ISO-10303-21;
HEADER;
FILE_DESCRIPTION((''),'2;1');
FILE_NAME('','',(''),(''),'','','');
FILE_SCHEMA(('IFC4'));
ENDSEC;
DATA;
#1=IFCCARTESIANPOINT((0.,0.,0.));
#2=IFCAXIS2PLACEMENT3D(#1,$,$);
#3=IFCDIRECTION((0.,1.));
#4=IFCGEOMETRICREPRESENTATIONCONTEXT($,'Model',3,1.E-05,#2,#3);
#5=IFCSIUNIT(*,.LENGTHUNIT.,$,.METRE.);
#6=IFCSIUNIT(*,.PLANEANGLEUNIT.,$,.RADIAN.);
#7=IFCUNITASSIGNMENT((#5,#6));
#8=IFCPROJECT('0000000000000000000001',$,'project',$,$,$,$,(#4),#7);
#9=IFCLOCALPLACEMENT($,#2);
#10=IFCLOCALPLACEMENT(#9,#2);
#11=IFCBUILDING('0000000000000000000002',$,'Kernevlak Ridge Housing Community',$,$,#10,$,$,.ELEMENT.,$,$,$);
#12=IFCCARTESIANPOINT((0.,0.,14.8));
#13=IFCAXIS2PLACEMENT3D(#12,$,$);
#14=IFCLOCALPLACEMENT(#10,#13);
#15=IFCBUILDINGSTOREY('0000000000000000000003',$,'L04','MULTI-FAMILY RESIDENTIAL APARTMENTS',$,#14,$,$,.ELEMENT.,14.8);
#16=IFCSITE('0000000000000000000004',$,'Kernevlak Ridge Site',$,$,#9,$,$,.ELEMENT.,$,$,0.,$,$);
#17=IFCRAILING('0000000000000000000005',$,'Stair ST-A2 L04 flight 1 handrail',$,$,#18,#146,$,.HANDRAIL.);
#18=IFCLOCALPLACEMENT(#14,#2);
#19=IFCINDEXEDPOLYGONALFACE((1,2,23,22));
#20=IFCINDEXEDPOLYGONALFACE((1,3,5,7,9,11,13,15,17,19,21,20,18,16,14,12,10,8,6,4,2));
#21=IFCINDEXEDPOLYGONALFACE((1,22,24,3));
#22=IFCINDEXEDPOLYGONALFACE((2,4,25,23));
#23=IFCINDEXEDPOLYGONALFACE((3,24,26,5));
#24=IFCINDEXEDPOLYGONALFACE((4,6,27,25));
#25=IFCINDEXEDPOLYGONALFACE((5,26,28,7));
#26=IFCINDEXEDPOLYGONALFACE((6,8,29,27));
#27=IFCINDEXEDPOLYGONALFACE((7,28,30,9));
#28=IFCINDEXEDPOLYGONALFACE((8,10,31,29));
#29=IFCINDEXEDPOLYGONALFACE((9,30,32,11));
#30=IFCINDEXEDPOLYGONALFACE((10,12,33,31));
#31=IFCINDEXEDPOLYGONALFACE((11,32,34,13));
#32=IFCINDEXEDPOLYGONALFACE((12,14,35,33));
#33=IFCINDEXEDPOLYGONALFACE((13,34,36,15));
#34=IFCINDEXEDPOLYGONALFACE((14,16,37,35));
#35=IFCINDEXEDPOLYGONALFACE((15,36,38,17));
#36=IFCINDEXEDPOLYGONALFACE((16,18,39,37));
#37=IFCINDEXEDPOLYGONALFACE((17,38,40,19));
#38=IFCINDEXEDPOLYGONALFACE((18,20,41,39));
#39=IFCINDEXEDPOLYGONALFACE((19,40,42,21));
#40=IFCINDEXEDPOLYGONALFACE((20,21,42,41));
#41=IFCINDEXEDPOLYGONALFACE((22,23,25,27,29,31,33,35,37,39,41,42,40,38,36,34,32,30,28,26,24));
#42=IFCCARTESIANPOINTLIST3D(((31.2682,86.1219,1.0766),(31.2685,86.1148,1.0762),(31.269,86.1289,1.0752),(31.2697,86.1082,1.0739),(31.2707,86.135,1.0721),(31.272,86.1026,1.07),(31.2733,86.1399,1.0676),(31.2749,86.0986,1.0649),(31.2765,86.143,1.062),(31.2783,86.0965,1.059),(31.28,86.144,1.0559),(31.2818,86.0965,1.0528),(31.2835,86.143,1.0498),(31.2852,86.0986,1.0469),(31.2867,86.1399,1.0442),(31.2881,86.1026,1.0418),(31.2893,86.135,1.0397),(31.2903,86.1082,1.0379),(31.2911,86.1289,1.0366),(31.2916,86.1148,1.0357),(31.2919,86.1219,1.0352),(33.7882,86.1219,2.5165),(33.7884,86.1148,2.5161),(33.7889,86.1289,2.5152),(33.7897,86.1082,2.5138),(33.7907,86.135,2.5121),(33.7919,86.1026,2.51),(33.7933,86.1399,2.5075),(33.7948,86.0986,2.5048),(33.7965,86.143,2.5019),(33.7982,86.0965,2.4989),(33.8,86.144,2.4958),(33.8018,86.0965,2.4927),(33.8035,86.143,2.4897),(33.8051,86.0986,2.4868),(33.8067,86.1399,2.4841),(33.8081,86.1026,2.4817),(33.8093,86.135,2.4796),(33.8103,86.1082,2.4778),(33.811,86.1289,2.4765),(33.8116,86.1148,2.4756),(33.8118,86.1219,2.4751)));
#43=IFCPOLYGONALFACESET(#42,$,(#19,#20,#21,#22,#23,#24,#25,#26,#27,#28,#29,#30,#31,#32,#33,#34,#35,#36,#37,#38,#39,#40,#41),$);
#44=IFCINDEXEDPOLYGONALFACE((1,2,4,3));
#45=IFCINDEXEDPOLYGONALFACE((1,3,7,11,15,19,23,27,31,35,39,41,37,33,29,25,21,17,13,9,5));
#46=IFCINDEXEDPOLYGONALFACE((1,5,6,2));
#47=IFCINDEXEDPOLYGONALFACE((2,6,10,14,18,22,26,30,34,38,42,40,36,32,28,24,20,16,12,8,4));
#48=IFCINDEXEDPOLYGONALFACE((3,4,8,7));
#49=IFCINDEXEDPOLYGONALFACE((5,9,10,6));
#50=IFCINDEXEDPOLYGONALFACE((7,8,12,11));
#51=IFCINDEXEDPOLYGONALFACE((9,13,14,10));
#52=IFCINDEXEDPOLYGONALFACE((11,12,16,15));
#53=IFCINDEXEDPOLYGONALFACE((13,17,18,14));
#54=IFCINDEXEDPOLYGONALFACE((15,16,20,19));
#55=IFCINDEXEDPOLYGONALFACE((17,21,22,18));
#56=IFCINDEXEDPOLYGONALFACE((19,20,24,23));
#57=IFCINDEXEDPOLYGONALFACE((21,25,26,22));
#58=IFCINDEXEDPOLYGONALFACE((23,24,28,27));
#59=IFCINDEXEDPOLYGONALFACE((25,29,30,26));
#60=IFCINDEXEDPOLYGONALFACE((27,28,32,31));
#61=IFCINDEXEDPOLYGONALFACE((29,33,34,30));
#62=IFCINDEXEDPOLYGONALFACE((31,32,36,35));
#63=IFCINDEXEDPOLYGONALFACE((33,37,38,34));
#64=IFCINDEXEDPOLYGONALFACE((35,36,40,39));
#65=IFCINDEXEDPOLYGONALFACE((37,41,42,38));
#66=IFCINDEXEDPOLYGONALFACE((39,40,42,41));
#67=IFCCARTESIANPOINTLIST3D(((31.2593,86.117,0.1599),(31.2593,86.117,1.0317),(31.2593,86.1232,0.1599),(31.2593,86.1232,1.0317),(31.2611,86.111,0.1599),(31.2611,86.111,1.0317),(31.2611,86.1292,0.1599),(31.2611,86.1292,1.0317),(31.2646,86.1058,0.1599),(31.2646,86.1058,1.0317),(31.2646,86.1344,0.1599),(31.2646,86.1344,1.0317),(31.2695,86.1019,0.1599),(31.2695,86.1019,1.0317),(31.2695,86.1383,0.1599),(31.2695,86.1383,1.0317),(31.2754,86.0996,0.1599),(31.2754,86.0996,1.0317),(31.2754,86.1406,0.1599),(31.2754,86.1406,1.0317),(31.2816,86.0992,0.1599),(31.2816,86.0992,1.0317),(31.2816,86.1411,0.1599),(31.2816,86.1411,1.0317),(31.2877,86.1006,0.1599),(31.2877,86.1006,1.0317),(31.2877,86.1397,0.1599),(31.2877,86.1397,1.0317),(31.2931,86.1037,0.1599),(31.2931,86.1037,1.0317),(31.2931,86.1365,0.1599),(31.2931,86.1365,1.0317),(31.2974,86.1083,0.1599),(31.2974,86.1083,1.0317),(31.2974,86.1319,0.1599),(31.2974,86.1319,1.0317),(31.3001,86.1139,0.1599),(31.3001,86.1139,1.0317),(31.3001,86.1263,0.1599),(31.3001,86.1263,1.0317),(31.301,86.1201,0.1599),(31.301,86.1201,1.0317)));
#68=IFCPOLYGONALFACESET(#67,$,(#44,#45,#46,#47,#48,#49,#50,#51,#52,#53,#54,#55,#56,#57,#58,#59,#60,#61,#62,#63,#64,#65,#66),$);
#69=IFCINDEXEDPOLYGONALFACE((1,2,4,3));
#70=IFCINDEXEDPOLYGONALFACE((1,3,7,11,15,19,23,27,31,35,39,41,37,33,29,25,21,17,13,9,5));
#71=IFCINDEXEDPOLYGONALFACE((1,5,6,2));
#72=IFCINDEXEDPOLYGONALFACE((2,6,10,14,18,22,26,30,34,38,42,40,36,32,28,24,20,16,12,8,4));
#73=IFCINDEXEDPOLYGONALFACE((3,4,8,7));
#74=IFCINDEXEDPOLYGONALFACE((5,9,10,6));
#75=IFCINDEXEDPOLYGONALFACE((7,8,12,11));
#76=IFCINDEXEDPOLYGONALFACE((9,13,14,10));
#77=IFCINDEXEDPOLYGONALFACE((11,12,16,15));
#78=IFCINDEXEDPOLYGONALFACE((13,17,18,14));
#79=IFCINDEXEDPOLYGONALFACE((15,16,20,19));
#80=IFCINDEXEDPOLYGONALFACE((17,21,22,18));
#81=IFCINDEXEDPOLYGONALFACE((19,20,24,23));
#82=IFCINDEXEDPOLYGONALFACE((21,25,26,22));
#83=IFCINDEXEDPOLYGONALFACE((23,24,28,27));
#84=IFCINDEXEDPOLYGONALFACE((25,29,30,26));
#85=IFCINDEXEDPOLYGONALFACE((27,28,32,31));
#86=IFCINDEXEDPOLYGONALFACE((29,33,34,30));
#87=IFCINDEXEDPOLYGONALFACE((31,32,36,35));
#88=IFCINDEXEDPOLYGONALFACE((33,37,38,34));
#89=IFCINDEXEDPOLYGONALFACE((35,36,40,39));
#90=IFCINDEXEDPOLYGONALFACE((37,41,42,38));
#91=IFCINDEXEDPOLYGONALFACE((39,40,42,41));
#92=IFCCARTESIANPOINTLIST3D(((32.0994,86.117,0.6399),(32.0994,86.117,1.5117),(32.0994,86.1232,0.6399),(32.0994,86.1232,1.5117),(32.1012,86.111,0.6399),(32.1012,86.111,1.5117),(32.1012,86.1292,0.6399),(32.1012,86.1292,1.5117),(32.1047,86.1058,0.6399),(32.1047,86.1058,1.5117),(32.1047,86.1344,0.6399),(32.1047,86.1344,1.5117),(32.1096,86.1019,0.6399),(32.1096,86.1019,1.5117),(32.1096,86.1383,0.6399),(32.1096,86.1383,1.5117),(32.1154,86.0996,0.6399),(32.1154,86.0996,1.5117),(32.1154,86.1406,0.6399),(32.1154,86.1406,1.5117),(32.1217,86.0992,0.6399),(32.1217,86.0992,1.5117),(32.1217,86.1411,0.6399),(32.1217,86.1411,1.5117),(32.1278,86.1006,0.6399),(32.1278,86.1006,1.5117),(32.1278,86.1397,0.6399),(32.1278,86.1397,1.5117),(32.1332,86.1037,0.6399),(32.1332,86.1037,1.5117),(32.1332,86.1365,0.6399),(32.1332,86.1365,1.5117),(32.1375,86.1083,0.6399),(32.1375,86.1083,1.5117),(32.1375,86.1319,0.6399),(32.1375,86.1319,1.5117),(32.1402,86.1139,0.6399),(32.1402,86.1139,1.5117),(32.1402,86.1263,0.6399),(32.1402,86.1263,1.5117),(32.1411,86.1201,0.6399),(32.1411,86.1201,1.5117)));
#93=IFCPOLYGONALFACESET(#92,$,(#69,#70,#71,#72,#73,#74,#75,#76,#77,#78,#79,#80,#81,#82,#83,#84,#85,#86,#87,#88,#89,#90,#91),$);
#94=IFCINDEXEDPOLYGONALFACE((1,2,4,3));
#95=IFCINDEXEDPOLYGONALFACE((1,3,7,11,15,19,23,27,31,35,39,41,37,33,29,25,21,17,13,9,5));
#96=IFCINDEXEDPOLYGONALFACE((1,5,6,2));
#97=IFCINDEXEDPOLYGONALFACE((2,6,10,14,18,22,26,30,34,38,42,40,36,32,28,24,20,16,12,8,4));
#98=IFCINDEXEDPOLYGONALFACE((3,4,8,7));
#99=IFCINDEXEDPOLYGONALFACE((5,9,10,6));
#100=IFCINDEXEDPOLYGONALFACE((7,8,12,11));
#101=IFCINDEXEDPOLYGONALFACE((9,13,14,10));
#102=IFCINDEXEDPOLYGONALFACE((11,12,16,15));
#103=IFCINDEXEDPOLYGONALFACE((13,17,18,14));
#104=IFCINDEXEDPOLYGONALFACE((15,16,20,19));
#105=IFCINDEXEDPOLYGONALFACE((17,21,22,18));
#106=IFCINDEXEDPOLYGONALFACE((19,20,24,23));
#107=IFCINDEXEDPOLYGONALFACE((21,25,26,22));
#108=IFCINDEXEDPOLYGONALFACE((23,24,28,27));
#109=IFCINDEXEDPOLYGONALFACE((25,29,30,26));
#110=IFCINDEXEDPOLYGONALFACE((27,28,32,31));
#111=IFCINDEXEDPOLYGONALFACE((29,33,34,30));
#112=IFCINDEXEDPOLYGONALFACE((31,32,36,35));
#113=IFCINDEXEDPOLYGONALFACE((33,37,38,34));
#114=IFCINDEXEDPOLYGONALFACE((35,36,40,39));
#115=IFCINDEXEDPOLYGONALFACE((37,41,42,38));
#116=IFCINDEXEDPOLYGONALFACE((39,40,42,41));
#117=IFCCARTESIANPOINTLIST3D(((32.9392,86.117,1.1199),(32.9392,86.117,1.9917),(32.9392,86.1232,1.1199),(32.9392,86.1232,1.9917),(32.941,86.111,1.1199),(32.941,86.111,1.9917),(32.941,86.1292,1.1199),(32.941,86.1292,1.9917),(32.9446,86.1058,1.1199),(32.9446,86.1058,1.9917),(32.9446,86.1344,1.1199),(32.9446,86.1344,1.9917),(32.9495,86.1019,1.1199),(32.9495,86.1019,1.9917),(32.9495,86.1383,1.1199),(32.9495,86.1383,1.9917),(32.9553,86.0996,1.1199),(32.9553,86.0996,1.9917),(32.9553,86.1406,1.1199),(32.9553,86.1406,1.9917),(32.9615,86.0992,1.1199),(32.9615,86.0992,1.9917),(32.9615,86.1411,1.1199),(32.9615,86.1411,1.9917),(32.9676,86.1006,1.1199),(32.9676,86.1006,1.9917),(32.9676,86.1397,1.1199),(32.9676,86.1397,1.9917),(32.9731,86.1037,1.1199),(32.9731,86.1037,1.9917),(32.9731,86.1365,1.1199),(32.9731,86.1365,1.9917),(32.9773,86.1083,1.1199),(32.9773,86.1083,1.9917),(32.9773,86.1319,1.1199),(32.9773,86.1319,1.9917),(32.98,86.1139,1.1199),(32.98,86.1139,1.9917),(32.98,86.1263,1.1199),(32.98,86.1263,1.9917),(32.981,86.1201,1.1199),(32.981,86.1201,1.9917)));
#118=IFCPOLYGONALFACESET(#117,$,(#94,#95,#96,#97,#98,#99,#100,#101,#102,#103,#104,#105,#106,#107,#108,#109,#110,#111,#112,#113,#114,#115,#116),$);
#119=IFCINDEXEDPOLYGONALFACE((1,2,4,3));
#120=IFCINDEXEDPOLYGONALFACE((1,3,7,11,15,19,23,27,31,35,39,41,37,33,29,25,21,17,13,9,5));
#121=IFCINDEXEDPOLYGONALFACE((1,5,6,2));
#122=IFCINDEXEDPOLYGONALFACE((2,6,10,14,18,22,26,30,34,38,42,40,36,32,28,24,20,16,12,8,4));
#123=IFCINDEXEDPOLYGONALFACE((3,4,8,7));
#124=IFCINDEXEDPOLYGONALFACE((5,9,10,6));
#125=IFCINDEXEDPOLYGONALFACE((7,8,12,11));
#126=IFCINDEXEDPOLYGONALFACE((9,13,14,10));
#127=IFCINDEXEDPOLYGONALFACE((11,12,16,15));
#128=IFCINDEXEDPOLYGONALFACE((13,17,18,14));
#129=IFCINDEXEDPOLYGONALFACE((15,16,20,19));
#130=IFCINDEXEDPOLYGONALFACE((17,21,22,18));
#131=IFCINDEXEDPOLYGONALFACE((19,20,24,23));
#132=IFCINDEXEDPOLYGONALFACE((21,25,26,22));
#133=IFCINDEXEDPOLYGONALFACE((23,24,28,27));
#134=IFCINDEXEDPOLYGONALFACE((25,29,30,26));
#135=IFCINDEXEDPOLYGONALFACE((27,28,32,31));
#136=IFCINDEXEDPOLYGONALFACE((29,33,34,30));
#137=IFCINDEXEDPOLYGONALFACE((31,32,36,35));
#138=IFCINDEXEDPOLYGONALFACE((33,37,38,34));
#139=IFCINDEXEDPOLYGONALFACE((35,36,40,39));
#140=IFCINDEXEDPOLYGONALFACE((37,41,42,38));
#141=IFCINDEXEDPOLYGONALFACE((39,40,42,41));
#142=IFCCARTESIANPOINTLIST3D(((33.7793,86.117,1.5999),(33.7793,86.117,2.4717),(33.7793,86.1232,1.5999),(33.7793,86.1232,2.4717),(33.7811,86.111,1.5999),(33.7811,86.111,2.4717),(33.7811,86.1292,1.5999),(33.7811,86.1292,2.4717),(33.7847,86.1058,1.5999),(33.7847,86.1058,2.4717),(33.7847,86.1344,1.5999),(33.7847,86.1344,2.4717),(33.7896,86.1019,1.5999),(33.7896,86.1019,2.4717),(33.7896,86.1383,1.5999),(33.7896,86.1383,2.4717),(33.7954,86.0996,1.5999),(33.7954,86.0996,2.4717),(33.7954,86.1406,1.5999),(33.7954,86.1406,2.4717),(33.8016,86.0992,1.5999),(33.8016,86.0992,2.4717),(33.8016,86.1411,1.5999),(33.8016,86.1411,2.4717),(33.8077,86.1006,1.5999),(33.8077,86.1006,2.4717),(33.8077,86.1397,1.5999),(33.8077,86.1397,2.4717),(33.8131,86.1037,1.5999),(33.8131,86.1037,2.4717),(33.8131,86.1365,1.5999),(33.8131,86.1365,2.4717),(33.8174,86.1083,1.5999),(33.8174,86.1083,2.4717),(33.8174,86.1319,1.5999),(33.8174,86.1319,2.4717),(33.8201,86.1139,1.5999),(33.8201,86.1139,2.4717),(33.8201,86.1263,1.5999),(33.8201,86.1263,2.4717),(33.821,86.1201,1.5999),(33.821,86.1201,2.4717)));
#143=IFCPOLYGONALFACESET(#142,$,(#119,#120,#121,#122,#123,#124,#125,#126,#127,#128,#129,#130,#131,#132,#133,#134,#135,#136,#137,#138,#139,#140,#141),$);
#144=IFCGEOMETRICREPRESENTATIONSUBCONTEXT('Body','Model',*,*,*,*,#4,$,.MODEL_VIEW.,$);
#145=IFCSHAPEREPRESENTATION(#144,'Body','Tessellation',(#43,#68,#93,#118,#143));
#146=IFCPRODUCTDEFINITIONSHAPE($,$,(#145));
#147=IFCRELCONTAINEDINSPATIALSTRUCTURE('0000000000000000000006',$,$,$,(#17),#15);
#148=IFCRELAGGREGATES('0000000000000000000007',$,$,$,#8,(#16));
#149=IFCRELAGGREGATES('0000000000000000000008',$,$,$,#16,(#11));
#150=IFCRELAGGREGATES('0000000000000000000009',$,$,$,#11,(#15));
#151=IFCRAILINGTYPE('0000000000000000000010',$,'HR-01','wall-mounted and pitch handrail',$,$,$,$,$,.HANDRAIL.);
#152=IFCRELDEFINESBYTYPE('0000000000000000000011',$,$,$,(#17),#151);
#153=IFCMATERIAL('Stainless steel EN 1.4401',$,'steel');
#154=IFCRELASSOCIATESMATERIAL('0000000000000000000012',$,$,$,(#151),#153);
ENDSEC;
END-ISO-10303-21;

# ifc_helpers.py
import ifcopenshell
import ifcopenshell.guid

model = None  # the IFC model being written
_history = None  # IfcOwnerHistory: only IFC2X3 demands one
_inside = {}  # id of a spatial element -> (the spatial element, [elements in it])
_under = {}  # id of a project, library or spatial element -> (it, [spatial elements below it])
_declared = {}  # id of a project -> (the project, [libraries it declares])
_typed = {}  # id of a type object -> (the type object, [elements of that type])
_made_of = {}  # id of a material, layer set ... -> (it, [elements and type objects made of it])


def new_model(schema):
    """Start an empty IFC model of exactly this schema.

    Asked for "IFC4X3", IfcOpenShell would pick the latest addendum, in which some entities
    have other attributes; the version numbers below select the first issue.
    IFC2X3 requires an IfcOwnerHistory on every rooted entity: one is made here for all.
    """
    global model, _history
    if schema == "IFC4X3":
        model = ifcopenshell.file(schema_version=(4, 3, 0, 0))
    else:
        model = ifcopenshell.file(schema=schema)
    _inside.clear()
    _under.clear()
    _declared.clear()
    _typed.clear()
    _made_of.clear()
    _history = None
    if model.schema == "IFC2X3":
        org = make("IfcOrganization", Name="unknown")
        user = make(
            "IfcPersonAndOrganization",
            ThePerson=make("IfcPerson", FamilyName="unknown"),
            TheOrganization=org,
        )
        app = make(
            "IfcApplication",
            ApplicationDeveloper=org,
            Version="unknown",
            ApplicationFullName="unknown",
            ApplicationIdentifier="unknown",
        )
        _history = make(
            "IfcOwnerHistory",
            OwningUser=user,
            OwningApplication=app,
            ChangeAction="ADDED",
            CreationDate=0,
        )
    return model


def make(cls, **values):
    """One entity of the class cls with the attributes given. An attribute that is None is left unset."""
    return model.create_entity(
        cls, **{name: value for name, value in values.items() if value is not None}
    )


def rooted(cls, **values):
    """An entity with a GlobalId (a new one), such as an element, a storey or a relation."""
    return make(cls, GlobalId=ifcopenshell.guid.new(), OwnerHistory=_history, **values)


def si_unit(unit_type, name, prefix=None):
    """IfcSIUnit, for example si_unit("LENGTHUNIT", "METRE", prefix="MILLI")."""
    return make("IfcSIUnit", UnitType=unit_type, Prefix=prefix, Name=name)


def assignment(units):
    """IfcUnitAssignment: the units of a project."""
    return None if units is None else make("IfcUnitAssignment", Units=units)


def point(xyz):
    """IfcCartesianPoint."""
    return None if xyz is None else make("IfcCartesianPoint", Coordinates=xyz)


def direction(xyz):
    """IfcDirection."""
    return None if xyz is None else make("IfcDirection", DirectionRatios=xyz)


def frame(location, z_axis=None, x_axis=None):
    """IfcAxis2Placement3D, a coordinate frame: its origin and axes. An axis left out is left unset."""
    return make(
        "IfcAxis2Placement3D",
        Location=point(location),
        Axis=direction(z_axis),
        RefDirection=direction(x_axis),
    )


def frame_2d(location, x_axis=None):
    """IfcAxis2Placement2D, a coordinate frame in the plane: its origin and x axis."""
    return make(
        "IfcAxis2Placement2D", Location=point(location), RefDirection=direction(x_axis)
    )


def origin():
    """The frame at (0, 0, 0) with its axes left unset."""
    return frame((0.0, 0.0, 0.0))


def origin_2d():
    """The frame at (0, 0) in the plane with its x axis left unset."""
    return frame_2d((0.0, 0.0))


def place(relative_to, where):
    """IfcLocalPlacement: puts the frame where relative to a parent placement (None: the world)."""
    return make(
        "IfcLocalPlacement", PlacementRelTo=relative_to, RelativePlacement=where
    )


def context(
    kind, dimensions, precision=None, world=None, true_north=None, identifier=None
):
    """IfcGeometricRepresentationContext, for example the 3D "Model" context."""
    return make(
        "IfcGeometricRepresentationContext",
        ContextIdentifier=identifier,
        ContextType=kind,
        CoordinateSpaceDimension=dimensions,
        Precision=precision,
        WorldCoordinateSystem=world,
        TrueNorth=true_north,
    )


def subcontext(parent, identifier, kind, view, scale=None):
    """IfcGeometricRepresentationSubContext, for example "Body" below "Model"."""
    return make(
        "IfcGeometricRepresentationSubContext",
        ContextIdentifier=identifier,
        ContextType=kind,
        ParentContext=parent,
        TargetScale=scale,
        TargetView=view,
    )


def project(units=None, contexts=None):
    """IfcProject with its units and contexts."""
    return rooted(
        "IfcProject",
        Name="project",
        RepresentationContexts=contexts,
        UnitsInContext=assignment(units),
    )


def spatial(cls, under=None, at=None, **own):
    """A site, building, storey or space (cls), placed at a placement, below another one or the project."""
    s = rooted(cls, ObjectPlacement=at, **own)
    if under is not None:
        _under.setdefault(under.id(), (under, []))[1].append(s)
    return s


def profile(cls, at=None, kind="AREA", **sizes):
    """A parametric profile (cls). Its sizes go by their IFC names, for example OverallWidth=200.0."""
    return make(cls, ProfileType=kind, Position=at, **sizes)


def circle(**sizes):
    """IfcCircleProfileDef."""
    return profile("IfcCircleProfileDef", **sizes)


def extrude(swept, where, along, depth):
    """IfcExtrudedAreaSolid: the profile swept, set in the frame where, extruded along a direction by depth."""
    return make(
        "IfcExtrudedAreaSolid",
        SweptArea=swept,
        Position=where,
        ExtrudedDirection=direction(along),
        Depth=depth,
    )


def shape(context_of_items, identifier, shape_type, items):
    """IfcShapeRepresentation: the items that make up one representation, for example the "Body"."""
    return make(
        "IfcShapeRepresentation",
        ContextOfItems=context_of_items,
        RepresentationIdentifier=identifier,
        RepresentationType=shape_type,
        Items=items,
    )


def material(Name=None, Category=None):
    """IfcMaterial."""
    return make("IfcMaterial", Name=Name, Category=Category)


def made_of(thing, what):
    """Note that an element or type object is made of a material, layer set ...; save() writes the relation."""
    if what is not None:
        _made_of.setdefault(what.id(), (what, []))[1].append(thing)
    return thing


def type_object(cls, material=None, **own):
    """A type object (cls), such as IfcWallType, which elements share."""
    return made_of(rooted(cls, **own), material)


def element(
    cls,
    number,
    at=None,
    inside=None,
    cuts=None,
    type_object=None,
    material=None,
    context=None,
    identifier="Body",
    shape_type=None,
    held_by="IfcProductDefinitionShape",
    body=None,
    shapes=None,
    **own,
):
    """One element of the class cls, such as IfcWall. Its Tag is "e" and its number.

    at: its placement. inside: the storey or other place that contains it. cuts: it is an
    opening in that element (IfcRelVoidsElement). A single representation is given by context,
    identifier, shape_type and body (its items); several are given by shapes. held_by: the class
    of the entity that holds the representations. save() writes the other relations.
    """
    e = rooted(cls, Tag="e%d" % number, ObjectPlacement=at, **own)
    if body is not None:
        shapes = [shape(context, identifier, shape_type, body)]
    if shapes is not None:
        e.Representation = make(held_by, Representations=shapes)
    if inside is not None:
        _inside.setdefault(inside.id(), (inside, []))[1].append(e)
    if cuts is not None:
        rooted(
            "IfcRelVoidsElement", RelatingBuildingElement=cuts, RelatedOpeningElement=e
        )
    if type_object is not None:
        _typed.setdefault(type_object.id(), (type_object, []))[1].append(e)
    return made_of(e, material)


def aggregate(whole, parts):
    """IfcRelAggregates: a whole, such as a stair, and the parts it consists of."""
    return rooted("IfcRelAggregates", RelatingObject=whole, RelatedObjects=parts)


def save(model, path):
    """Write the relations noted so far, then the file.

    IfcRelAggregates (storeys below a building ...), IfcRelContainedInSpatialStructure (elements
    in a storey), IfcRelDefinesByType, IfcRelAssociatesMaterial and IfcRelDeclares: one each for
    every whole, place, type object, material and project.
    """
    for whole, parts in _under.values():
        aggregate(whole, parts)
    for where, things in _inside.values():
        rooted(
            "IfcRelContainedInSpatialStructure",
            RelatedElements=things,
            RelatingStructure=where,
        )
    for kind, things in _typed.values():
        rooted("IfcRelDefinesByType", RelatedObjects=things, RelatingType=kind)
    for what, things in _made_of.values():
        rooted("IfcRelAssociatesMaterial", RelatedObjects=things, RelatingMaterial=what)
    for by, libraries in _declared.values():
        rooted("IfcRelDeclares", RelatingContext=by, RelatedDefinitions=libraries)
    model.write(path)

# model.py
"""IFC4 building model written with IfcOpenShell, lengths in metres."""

from ifc_helpers import new_model, si_unit, direction, frame, origin, origin_2d, place, context, subcontext, project, spatial, circle, extrude, material, type_object, element, save


model = new_model("IFC4")

# Units and contexts
model_context = context("Model", 3, precision=1e-05, world=origin(), true_north=direction((0.0, 1.0)))
body_context = subcontext(model_context, "Body", "Model", "MODEL_VIEW")
ifc_project = project(units=[si_unit("LENGTHUNIT", "METRE"), si_unit("PLANEANGLEUNIT", "RADIAN")], contexts=[model_context])

# Site, building, storey
site_placement = place(None, origin())
site = spatial("IfcSite", under=ifc_project, at=site_placement, Name="Kernevlak Ridge Site", CompositionType="ELEMENT", RefElevation=0.0)
building_placement = place(site_placement, origin())
building = spatial("IfcBuilding", under=site, at=building_placement, Name="Kernevlak Ridge Housing Community", CompositionType="ELEMENT")
storey_placement = place(building_placement, frame((0.0, 0.0, 14.8)))
storey = spatial("IfcBuildingStorey", under=building, at=storey_placement, Name="L04", Description="MULTI-FAMILY RESIDENTIAL APARTMENTS", CompositionType="ELEMENT", Elevation=14.8)

# Railing
ifc_material_1 = material(Name="Stainless steel EN 1.4401", Category="steel")
railing_type_1 = type_object("IfcRailingType", Name="HR-01", Description="wall-mounted and pitch handrail", PredefinedType="HANDRAIL", material=ifc_material_1)
railing_1_placement = place(storey_placement, frame((31.28, 86.1201, 0.1599)))
element("IfcRailing", 1, at=railing_1_placement, inside=storey, type_object=railing_type_1, Name="Stair ST-A2 L04 flight 1 handrail", PredefinedType="HANDRAIL", context=body_context, shape_type="SweptSolid", body=[
    extrude(circle(Radius=0.0239, at=origin_2d()), frame((0.0, 0.0, 0.896), z_axis=(0.868253, 0.0, 0.496121), x_axis=(0.0, 1.0, 0.0)), (0.0, 0.0, 1.0), 2.9023),
    extrude(circle(Radius=0.021, at=origin_2d()), origin(), (0.0, 0.0, 1.0), 0.8718),
    extrude(circle(Radius=0.021, at=origin_2d()), frame((0.8401, 0.0, 0.48)), (0.0, 0.0, 1.0), 0.8718),
    extrude(circle(Radius=0.021, at=origin_2d()), frame((1.6799, 0.0, 0.96)), (0.0, 0.0, 1.0), 0.8718),
    extrude(circle(Radius=0.021, at=origin_2d()), frame((2.52, 0.0, 1.4399)), (0.0, 0.0, 1.0), 0.8718),
])

save(model, "model.ifc")
